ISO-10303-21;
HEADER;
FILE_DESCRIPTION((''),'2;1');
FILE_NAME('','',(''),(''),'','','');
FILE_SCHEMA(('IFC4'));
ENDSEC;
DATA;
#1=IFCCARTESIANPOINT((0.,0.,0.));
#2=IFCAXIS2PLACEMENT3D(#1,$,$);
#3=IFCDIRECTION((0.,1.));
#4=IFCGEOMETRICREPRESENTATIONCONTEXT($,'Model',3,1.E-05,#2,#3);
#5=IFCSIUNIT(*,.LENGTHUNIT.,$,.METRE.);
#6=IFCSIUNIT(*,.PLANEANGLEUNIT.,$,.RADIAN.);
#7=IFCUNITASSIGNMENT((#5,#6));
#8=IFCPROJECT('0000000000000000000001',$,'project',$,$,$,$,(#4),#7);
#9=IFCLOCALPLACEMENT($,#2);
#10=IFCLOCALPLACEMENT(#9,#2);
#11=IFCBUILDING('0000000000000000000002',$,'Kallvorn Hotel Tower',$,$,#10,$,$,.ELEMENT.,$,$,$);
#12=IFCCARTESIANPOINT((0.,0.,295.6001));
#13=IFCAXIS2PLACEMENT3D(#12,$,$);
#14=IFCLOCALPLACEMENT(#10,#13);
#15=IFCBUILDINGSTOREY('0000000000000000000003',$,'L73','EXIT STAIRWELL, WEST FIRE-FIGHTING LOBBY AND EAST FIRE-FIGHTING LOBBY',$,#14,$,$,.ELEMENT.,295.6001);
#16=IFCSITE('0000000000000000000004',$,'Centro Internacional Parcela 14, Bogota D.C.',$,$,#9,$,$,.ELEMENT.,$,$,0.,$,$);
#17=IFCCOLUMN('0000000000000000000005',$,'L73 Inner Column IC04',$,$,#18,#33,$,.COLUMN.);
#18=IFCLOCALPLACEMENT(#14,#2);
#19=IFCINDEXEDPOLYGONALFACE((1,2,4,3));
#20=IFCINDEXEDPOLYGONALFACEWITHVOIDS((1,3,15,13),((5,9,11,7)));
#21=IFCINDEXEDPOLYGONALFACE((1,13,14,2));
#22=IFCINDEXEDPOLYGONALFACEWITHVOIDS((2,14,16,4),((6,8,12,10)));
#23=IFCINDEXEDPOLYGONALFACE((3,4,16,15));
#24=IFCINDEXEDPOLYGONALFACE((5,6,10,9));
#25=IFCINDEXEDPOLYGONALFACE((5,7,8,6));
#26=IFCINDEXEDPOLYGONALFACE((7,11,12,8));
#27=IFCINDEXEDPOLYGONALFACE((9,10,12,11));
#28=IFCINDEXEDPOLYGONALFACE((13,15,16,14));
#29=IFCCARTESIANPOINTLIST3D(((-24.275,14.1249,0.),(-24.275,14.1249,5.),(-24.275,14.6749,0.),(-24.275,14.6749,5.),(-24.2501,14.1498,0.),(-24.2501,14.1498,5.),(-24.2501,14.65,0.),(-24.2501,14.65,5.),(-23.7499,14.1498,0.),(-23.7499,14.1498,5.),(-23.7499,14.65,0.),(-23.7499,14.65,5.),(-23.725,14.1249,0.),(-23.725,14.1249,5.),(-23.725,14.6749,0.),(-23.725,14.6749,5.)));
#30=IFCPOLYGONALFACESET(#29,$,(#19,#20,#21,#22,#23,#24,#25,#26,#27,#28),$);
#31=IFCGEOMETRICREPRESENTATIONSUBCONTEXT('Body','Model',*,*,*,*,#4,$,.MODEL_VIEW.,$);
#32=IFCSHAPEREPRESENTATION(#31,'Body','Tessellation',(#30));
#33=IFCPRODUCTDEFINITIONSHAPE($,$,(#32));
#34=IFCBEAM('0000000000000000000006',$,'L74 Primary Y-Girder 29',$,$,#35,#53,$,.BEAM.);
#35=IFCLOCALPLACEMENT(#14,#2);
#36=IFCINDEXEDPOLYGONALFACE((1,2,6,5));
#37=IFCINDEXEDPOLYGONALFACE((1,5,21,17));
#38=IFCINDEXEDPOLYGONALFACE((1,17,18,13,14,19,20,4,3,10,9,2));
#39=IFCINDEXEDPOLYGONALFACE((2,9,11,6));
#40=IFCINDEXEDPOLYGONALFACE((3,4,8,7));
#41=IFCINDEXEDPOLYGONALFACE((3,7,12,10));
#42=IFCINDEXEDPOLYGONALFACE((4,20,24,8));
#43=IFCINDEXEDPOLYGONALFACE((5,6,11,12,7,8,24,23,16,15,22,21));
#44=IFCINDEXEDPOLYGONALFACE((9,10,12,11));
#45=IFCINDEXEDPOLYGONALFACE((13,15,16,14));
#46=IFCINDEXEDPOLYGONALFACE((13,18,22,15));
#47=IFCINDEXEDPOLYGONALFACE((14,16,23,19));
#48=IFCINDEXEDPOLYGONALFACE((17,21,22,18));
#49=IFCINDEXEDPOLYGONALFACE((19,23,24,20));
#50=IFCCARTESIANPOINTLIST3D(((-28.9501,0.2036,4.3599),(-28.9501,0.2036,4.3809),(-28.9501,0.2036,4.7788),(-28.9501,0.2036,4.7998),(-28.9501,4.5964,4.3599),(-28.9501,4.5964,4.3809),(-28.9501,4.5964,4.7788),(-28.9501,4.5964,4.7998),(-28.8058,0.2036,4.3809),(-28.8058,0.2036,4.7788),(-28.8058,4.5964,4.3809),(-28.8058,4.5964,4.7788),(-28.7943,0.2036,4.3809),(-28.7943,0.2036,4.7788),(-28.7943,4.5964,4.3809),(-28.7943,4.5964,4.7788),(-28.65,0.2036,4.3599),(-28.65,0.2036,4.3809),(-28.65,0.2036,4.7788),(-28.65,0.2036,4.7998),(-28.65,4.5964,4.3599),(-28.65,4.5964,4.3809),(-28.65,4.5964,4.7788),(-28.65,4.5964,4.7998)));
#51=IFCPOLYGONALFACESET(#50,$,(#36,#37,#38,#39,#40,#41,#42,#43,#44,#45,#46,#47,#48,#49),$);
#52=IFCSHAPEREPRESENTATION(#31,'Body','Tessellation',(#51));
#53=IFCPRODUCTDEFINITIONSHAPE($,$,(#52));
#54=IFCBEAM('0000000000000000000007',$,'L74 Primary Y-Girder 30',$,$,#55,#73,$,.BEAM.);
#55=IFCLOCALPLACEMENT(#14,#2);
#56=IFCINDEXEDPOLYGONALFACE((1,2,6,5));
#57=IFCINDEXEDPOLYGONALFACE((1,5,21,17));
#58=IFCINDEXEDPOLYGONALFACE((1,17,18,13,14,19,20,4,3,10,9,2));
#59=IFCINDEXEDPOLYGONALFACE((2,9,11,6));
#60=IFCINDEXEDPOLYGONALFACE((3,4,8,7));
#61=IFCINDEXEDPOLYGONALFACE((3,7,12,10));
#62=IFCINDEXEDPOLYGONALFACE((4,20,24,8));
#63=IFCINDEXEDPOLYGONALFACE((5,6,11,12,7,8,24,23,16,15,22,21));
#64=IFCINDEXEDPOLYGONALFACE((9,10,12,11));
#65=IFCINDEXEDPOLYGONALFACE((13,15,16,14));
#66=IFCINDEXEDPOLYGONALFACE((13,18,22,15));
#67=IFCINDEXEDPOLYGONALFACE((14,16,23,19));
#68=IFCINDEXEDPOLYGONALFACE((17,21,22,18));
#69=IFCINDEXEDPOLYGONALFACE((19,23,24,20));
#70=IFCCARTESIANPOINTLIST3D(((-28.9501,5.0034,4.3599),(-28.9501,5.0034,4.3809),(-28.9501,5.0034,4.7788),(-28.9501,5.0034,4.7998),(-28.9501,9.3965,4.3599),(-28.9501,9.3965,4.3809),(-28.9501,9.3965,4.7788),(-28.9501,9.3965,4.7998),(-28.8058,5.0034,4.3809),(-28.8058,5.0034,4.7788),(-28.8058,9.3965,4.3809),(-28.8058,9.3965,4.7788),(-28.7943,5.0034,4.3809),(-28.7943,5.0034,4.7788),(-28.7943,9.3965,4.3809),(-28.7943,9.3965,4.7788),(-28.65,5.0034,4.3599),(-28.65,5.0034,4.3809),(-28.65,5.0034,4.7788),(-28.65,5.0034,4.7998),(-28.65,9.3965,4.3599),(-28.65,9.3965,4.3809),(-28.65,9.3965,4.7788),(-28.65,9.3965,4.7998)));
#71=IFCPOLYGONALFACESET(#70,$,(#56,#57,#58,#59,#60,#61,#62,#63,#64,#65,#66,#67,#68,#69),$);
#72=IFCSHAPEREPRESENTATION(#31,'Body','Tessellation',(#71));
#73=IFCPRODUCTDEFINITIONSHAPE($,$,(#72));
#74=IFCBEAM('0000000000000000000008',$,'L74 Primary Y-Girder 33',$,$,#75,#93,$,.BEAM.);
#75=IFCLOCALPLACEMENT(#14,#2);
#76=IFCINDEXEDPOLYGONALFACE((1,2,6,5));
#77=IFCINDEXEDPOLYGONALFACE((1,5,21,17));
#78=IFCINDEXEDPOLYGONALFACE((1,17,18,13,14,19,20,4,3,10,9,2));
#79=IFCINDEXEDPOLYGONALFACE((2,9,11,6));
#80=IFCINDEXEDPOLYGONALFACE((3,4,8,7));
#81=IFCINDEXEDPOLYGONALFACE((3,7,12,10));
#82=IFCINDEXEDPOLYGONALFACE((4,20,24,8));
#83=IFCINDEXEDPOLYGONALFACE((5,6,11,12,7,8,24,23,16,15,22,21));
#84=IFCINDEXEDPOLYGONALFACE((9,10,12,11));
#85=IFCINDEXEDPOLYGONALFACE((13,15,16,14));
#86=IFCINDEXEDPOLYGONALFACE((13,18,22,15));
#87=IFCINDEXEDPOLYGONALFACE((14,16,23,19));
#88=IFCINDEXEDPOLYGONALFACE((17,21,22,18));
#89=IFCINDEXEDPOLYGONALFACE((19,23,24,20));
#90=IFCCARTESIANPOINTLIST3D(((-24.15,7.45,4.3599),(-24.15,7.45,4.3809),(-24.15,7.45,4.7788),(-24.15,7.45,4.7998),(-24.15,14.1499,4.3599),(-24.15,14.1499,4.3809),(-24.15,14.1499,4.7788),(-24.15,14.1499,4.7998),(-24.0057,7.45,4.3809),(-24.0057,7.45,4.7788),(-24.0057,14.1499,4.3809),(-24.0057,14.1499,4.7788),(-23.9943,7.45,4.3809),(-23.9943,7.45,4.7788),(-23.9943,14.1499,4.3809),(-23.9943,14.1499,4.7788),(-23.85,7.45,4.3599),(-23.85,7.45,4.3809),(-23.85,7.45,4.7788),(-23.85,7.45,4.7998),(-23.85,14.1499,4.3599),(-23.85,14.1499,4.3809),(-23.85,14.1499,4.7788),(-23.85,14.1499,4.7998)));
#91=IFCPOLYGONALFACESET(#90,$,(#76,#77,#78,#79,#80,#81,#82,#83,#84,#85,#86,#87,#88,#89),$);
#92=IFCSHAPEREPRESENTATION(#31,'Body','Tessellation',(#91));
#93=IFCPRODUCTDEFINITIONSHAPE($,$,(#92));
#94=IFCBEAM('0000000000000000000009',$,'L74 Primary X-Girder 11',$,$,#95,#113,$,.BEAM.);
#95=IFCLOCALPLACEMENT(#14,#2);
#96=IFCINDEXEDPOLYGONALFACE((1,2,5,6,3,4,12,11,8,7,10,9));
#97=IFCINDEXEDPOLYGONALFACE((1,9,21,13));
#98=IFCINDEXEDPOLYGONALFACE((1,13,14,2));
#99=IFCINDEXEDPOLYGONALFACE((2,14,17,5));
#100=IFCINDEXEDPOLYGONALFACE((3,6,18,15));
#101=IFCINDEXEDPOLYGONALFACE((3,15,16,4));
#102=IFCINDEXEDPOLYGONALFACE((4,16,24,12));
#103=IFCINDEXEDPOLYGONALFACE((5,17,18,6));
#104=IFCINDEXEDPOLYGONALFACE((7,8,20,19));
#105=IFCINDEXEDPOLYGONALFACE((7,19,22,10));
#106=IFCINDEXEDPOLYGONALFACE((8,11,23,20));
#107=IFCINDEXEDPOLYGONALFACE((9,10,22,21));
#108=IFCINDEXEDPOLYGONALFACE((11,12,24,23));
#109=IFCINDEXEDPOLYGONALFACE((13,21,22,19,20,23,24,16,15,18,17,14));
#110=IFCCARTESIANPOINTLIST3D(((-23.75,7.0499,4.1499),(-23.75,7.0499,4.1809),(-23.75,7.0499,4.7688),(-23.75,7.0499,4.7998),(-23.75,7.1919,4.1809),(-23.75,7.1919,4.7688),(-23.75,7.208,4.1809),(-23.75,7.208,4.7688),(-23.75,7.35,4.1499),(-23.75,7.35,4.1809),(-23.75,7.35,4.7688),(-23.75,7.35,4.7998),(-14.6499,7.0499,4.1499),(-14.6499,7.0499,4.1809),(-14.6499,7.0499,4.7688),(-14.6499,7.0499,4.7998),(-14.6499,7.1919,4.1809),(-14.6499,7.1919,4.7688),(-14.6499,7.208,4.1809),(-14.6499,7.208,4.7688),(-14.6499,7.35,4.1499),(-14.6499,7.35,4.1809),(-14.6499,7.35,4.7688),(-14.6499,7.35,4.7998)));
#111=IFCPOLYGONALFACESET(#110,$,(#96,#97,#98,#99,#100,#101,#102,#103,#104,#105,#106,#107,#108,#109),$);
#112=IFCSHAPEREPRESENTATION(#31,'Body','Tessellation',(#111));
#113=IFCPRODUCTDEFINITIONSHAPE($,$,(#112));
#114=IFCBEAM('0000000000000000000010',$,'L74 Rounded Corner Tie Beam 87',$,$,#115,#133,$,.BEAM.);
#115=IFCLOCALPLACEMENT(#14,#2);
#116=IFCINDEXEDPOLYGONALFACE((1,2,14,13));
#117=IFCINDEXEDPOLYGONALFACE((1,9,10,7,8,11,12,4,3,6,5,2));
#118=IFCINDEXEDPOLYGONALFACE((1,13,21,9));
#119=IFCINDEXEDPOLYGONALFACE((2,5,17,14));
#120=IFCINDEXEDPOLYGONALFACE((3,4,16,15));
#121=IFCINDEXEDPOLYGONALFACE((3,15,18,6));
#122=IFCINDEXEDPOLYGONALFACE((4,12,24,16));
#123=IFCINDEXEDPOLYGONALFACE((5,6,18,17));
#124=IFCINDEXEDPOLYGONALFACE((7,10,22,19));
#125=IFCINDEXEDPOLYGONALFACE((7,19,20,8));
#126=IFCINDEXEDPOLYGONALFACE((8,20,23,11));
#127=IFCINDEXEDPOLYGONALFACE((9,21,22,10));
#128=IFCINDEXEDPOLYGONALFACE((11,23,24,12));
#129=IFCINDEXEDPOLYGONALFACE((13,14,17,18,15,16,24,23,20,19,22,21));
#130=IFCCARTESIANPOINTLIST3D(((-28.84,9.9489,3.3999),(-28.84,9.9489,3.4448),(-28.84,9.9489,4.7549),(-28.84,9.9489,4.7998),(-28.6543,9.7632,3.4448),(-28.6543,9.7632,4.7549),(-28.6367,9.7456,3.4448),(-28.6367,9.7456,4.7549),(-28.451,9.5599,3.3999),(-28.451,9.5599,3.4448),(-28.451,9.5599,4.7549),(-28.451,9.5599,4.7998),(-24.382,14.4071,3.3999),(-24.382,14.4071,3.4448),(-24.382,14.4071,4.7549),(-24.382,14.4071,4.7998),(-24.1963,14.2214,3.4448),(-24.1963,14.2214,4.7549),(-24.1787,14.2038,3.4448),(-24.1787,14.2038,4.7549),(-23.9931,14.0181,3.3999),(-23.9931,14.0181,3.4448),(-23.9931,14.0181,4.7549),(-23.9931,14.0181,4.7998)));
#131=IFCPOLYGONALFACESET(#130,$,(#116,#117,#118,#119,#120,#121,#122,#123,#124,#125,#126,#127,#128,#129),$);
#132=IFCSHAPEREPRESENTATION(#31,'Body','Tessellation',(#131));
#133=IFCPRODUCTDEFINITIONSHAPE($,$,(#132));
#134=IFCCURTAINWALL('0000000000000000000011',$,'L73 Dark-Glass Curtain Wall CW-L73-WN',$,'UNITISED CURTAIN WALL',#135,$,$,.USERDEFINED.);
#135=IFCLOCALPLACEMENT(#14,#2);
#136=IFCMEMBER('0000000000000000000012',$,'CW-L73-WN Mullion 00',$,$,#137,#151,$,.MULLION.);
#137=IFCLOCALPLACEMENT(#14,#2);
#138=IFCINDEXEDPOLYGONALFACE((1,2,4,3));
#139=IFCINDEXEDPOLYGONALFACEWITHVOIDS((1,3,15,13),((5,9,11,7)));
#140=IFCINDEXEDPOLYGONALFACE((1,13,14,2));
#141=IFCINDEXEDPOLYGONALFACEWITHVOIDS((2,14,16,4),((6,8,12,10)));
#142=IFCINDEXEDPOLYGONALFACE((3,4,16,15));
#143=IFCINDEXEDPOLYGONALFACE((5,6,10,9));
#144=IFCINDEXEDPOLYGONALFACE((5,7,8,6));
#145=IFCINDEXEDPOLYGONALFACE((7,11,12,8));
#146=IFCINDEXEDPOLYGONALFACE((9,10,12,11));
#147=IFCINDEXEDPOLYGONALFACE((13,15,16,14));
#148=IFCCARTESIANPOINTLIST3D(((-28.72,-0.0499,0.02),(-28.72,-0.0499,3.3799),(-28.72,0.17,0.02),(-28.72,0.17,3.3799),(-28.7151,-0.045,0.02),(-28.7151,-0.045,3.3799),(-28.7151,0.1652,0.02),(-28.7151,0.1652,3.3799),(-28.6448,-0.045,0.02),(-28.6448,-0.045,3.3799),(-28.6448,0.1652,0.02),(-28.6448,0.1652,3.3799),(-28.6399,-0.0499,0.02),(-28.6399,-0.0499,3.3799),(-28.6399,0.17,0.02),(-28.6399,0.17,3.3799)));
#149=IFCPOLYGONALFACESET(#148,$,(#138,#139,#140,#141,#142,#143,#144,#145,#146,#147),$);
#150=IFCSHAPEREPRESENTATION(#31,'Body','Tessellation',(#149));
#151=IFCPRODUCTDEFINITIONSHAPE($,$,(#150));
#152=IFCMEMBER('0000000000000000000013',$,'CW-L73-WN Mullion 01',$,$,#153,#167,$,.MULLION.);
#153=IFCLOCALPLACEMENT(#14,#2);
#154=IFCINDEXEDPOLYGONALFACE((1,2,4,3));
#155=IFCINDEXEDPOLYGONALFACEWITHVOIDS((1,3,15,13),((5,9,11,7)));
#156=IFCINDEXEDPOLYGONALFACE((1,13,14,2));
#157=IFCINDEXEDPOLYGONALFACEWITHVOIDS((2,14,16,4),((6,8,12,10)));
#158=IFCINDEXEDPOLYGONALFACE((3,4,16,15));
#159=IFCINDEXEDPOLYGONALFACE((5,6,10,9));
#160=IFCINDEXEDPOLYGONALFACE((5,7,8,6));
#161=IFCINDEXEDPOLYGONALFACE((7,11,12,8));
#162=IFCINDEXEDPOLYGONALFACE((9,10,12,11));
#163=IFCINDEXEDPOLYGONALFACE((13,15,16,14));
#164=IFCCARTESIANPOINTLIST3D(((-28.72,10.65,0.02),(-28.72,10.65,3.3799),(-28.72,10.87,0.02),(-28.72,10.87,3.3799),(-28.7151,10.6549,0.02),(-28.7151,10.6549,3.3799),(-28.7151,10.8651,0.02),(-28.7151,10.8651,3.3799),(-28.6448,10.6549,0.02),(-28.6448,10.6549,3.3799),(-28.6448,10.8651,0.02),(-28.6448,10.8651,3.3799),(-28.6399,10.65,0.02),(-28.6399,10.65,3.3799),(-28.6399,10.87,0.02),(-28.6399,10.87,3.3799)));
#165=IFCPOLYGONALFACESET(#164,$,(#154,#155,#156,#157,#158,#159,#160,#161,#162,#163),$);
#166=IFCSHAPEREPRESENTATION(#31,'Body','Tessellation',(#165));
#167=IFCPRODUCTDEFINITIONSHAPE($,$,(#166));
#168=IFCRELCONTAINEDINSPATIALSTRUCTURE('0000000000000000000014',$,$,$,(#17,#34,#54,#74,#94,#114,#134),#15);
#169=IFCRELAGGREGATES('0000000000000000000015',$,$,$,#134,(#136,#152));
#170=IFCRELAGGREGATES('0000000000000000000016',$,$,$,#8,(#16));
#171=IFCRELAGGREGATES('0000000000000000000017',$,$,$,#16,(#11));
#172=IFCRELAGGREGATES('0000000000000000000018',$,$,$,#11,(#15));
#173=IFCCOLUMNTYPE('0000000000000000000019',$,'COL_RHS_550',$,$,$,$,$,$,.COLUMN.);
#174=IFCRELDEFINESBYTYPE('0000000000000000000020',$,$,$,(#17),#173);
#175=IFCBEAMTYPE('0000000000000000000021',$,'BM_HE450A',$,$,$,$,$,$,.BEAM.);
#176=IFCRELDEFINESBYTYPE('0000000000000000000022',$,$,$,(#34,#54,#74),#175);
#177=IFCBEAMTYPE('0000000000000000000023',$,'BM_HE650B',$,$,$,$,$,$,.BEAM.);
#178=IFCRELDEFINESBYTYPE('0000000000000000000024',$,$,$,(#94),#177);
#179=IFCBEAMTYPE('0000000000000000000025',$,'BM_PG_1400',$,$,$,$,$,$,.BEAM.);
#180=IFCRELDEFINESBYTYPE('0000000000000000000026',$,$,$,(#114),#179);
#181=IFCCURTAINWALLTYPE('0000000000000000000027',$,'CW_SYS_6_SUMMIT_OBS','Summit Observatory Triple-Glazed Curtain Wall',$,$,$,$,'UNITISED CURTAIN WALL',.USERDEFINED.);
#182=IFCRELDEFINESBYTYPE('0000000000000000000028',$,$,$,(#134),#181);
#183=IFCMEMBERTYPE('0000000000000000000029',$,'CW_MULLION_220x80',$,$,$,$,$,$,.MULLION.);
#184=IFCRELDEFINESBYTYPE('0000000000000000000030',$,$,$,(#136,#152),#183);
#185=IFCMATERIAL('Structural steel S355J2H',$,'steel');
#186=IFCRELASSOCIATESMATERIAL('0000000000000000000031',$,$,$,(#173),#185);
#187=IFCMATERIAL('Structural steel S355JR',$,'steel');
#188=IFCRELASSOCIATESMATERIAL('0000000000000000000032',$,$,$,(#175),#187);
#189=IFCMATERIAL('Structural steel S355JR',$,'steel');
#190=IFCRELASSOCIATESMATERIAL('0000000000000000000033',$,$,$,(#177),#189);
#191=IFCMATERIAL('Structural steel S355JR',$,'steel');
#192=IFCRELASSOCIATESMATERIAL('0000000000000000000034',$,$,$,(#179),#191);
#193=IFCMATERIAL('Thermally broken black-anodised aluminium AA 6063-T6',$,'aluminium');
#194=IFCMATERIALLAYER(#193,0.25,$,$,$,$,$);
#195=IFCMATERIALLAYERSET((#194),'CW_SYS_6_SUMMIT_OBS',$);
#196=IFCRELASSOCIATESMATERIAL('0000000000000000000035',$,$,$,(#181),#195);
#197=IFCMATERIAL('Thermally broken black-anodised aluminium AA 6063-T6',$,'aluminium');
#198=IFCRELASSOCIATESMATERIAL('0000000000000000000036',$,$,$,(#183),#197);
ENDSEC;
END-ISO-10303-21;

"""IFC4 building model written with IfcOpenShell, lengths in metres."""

from ifc_helpers import new_model, si_unit, direction, frame, origin, origin_2d, place, context, subcontext, project, spatial, hollow_rectangle, i_section, extrude, material, layer, layer_set, material_profile, profile_set, type_object, element, aggregate, save


model = new_model("IFC4")

# Units and contexts
model_context = context("Model", 3, precision=1e-05, world=origin(), true_north=direction((0.0, 1.0)))
body_context = subcontext(model_context, "Body", "Model", "MODEL_VIEW")
ifc_project = project(units=[si_unit("LENGTHUNIT", "METRE"), si_unit("PLANEANGLEUNIT", "RADIAN")], contexts=[model_context])

# Site, building, storey
site_placement = place(None, origin())
site = spatial("IfcSite", under=ifc_project, at=site_placement, Name="Centro Internacional Parcela 14, Bogota D.C.", CompositionType="ELEMENT", RefElevation=0.0)
building_placement = place(site_placement, origin())
building = spatial("IfcBuilding", under=site, at=building_placement, Name="Kallvorn Hotel Tower", CompositionType="ELEMENT")
storey_placement = place(building_placement, frame((0.0, 0.0, 295.6001)))
storey = spatial("IfcBuildingStorey", under=building, at=storey_placement, Name="L73", Description="EXIT STAIRWELL, WEST FIRE-FIGHTING LOBBY AND EAST FIRE-FIGHTING LOBBY", CompositionType="ELEMENT", Elevation=295.6001)

# Column
ifc_material_1 = material(Name="Structural steel S355J2H", Category="steel")
ifc_material_profile_1 = material_profile(ifc_material_1, hollow_rectangle(XDim=0.55, YDim=0.55, WallThickness=0.0249, at=origin_2d()), Name="RHS 550x550x25")
ifc_profile_set_1 = profile_set([ifc_material_profile_1], Name="Structural steel S355J2H")
column_type_1 = type_object("IfcColumnType", Name="COL_RHS_550", PredefinedType="COLUMN", material=ifc_profile_set_1)
for number, where, z_axis, x_axis, name in (
    (1, (-24.0, 14.3999, 0.0), (0.0, 0.0, 1.0), (1.0, 0.0, 0.0), "L73 Inner Column IC04"),
):
    element("IfcColumn", number, at=place(storey_placement, frame(where, z_axis=z_axis, x_axis=x_axis)), inside=storey, type_object=column_type_1, Name=name, PredefinedType="COLUMN", context=body_context, shape_type="SweptSolid", body=[
        extrude(hollow_rectangle(XDim=0.55, YDim=0.55, WallThickness=0.0249, at=origin_2d()), origin(), (0.0, 0.0, 1.0), 5.0),
    ])

# Beams
ifc_material_2 = material(Name="Structural steel S355JR", Category="steel")
ifc_material_profile_2 = material_profile(ifc_material_2, i_section(OverallWidth=0.3, OverallDepth=0.4399, WebThickness=0.0115, FlangeThickness=0.021, at=origin_2d()), Name="HE 450 A")
ifc_profile_set_2 = profile_set([ifc_material_profile_2], Name="Structural steel S355JR")
beam_type_1 = type_object("IfcBeamType", Name="BM_HE450A", PredefinedType="BEAM", material=ifc_profile_set_2)
beam_1_placement = place(storey_placement, frame((-28.8, 0.2036, 4.5798), z_axis=(0.0, 1.0, 0.0), x_axis=(-1.0, 0.0, 0.0)))
element("IfcBeam", 2, at=beam_1_placement, inside=storey, type_object=beam_type_1, Name="L74 Primary Y-Girder 29", PredefinedType="BEAM", context=body_context, shape_type="SweptSolid", body=[
    extrude(i_section(OverallWidth=0.3, OverallDepth=0.4399, WebThickness=0.0115, FlangeThickness=0.021, at=origin_2d()), origin(), (0.0, 0.0, 1.0), 4.3928),
])
beam_2_placement = place(storey_placement, frame((-28.8, 5.0034, 4.5798), z_axis=(0.0, 1.0, 0.0), x_axis=(-1.0, 0.0, 0.0)))
element("IfcBeam", 3, at=beam_2_placement, inside=storey, type_object=beam_type_1, Name="L74 Primary Y-Girder 30", PredefinedType="BEAM", context=body_context, shape_type="SweptSolid", body=[
    extrude(i_section(OverallWidth=0.3, OverallDepth=0.4399, WebThickness=0.0115, FlangeThickness=0.021, at=origin_2d()), origin(), (0.0, 0.0, 1.0), 4.3931),
])
beam_3_placement = place(storey_placement, frame((-24.0, 7.45, 4.5798), z_axis=(0.0, 1.0, 0.0), x_axis=(-1.0, 0.0, 0.0)))
element("IfcBeam", 4, at=beam_3_placement, inside=storey, type_object=beam_type_1, Name="L74 Primary Y-Girder 33", PredefinedType="BEAM", context=body_context, shape_type="SweptSolid", body=[
    extrude(i_section(OverallWidth=0.3, OverallDepth=0.4399, WebThickness=0.0115, FlangeThickness=0.021, at=origin_2d()), origin(), (0.0, 0.0, 1.0), 6.7),
])
ifc_material_3 = material(Name="Structural steel S355JR", Category="steel")
ifc_material_profile_3 = material_profile(ifc_material_3, i_section(OverallWidth=0.3, OverallDepth=0.6499, WebThickness=0.0161, FlangeThickness=0.031, at=origin_2d()), Name="HE 650 B")
ifc_profile_set_3 = profile_set([ifc_material_profile_3], Name="Structural steel S355JR")
beam_type_2 = type_object("IfcBeamType", Name="BM_HE650B", PredefinedType="BEAM", material=ifc_profile_set_3)
beam_4_placement = place(storey_placement, frame((-23.75, 7.2, 4.4749), z_axis=(1.0, 0.0, 0.0), x_axis=(0.0, 1.0, 0.0)))
element("IfcBeam", 5, at=beam_4_placement, inside=storey, type_object=beam_type_2, Name="L74 Primary X-Girder 11", PredefinedType="BEAM", context=body_context, shape_type="SweptSolid", body=[
    extrude(i_section(OverallWidth=0.3, OverallDepth=0.6499, WebThickness=0.0161, FlangeThickness=0.031, at=origin_2d()), origin(), (0.0, 0.0, 1.0), 9.1001),
])
ifc_material_4 = material(Name="Structural steel S355JR", Category="steel")
ifc_material_profile_4 = material_profile(ifc_material_4, i_section(OverallWidth=0.55, OverallDepth=1.3999, WebThickness=0.0249, FlangeThickness=0.0449, at=origin_2d()), Name="PG 1400x550x25x45")
ifc_profile_set_4 = profile_set([ifc_material_profile_4], Name="Structural steel S355JR")
beam_type_3 = type_object("IfcBeamType", Name="BM_PG_1400", PredefinedType="BEAM", material=ifc_profile_set_4)
beam_5_placement = place(storey_placement, frame((-28.6455, 9.7544, 4.0999), z_axis=(0.707087, 0.707126, 0.0), x_axis=(-0.707126, 0.707087, 0.0)))
element("IfcBeam", 6, at=beam_5_placement, inside=storey, type_object=beam_type_3, Name="L74 Rounded Corner Tie Beam 87", PredefinedType="BEAM", context=body_context, shape_type="SweptSolid", body=[
    extrude(i_section(OverallWidth=0.55, OverallDepth=1.3999, WebThickness=0.0249, FlangeThickness=0.0449, at=origin_2d()), origin(), (0.0, 0.0, 1.0), 6.3047),
])

# Curtain wall, members
ifc_material_5 = material(Name="Thermally broken black-anodised aluminium AA 6063-T6", Category="aluminium")
ifc_layer_1 = layer(ifc_material_5, 0.25)
ifc_layer_set_1 = layer_set([ifc_layer_1], Name="CW_SYS_6_SUMMIT_OBS")
curtain_wall_type = type_object("IfcCurtainWallType", Name="CW_SYS_6_SUMMIT_OBS", Description="Summit Observatory Triple-Glazed Curtain Wall", ElementType="UNITISED CURTAIN WALL", PredefinedType="USERDEFINED", material=ifc_layer_set_1)
curtain_wall_placement = place(storey_placement, origin())
curtain_wall = element("IfcCurtainWall", 7, at=curtain_wall_placement, inside=storey, type_object=curtain_wall_type, Name="L73 Dark-Glass Curtain Wall CW-L73-WN", ObjectType="UNITISED CURTAIN WALL", PredefinedType="USERDEFINED")
ifc_material_6 = material(Name="Thermally broken black-anodised aluminium AA 6063-T6", Category="aluminium")
ifc_material_profile_5 = material_profile(ifc_material_6, hollow_rectangle(XDim=0.0801, YDim=0.22, WallThickness=0.0049, at=origin_2d()), Name="MUL 220x80")
ifc_profile_set_5 = profile_set([ifc_material_profile_5], Name="Thermally broken black-anodised aluminium AA 6063-T6")
member_type_1 = type_object("IfcMemberType", Name="CW_MULLION_220x80", PredefinedType="MULLION", material=ifc_profile_set_5)
member_1_placement = place(storey_placement, frame((-28.6799, 0.0601, 0.02), z_axis=(0.0, 0.0, 1.0), x_axis=(1.0, 0.0, 0.0)))
member_1 = element("IfcMember", 8, at=member_1_placement, type_object=member_type_1, Name="CW-L73-WN Mullion 00", PredefinedType="MULLION", context=body_context, shape_type="SweptSolid", body=[
    extrude(hollow_rectangle(XDim=0.0801, YDim=0.22, WallThickness=0.0049, at=origin_2d()), origin(), (0.0, 0.0, 1.0), 3.3599),
])
member_2_placement = place(storey_placement, frame((-28.6799, 10.76, 0.02), z_axis=(0.0, 0.0, 1.0), x_axis=(1.0, 0.0, 0.0)))
member_2 = element("IfcMember", 9, at=member_2_placement, type_object=member_type_1, Name="CW-L73-WN Mullion 01", PredefinedType="MULLION", context=body_context, shape_type="SweptSolid", body=[
    extrude(hollow_rectangle(XDim=0.0801, YDim=0.22, WallThickness=0.0049, at=origin_2d()), origin(), (0.0, 0.0, 1.0), 3.3599),
])

aggregate(curtain_wall, [member_1, member_2])

save(model, "model.ifc")
